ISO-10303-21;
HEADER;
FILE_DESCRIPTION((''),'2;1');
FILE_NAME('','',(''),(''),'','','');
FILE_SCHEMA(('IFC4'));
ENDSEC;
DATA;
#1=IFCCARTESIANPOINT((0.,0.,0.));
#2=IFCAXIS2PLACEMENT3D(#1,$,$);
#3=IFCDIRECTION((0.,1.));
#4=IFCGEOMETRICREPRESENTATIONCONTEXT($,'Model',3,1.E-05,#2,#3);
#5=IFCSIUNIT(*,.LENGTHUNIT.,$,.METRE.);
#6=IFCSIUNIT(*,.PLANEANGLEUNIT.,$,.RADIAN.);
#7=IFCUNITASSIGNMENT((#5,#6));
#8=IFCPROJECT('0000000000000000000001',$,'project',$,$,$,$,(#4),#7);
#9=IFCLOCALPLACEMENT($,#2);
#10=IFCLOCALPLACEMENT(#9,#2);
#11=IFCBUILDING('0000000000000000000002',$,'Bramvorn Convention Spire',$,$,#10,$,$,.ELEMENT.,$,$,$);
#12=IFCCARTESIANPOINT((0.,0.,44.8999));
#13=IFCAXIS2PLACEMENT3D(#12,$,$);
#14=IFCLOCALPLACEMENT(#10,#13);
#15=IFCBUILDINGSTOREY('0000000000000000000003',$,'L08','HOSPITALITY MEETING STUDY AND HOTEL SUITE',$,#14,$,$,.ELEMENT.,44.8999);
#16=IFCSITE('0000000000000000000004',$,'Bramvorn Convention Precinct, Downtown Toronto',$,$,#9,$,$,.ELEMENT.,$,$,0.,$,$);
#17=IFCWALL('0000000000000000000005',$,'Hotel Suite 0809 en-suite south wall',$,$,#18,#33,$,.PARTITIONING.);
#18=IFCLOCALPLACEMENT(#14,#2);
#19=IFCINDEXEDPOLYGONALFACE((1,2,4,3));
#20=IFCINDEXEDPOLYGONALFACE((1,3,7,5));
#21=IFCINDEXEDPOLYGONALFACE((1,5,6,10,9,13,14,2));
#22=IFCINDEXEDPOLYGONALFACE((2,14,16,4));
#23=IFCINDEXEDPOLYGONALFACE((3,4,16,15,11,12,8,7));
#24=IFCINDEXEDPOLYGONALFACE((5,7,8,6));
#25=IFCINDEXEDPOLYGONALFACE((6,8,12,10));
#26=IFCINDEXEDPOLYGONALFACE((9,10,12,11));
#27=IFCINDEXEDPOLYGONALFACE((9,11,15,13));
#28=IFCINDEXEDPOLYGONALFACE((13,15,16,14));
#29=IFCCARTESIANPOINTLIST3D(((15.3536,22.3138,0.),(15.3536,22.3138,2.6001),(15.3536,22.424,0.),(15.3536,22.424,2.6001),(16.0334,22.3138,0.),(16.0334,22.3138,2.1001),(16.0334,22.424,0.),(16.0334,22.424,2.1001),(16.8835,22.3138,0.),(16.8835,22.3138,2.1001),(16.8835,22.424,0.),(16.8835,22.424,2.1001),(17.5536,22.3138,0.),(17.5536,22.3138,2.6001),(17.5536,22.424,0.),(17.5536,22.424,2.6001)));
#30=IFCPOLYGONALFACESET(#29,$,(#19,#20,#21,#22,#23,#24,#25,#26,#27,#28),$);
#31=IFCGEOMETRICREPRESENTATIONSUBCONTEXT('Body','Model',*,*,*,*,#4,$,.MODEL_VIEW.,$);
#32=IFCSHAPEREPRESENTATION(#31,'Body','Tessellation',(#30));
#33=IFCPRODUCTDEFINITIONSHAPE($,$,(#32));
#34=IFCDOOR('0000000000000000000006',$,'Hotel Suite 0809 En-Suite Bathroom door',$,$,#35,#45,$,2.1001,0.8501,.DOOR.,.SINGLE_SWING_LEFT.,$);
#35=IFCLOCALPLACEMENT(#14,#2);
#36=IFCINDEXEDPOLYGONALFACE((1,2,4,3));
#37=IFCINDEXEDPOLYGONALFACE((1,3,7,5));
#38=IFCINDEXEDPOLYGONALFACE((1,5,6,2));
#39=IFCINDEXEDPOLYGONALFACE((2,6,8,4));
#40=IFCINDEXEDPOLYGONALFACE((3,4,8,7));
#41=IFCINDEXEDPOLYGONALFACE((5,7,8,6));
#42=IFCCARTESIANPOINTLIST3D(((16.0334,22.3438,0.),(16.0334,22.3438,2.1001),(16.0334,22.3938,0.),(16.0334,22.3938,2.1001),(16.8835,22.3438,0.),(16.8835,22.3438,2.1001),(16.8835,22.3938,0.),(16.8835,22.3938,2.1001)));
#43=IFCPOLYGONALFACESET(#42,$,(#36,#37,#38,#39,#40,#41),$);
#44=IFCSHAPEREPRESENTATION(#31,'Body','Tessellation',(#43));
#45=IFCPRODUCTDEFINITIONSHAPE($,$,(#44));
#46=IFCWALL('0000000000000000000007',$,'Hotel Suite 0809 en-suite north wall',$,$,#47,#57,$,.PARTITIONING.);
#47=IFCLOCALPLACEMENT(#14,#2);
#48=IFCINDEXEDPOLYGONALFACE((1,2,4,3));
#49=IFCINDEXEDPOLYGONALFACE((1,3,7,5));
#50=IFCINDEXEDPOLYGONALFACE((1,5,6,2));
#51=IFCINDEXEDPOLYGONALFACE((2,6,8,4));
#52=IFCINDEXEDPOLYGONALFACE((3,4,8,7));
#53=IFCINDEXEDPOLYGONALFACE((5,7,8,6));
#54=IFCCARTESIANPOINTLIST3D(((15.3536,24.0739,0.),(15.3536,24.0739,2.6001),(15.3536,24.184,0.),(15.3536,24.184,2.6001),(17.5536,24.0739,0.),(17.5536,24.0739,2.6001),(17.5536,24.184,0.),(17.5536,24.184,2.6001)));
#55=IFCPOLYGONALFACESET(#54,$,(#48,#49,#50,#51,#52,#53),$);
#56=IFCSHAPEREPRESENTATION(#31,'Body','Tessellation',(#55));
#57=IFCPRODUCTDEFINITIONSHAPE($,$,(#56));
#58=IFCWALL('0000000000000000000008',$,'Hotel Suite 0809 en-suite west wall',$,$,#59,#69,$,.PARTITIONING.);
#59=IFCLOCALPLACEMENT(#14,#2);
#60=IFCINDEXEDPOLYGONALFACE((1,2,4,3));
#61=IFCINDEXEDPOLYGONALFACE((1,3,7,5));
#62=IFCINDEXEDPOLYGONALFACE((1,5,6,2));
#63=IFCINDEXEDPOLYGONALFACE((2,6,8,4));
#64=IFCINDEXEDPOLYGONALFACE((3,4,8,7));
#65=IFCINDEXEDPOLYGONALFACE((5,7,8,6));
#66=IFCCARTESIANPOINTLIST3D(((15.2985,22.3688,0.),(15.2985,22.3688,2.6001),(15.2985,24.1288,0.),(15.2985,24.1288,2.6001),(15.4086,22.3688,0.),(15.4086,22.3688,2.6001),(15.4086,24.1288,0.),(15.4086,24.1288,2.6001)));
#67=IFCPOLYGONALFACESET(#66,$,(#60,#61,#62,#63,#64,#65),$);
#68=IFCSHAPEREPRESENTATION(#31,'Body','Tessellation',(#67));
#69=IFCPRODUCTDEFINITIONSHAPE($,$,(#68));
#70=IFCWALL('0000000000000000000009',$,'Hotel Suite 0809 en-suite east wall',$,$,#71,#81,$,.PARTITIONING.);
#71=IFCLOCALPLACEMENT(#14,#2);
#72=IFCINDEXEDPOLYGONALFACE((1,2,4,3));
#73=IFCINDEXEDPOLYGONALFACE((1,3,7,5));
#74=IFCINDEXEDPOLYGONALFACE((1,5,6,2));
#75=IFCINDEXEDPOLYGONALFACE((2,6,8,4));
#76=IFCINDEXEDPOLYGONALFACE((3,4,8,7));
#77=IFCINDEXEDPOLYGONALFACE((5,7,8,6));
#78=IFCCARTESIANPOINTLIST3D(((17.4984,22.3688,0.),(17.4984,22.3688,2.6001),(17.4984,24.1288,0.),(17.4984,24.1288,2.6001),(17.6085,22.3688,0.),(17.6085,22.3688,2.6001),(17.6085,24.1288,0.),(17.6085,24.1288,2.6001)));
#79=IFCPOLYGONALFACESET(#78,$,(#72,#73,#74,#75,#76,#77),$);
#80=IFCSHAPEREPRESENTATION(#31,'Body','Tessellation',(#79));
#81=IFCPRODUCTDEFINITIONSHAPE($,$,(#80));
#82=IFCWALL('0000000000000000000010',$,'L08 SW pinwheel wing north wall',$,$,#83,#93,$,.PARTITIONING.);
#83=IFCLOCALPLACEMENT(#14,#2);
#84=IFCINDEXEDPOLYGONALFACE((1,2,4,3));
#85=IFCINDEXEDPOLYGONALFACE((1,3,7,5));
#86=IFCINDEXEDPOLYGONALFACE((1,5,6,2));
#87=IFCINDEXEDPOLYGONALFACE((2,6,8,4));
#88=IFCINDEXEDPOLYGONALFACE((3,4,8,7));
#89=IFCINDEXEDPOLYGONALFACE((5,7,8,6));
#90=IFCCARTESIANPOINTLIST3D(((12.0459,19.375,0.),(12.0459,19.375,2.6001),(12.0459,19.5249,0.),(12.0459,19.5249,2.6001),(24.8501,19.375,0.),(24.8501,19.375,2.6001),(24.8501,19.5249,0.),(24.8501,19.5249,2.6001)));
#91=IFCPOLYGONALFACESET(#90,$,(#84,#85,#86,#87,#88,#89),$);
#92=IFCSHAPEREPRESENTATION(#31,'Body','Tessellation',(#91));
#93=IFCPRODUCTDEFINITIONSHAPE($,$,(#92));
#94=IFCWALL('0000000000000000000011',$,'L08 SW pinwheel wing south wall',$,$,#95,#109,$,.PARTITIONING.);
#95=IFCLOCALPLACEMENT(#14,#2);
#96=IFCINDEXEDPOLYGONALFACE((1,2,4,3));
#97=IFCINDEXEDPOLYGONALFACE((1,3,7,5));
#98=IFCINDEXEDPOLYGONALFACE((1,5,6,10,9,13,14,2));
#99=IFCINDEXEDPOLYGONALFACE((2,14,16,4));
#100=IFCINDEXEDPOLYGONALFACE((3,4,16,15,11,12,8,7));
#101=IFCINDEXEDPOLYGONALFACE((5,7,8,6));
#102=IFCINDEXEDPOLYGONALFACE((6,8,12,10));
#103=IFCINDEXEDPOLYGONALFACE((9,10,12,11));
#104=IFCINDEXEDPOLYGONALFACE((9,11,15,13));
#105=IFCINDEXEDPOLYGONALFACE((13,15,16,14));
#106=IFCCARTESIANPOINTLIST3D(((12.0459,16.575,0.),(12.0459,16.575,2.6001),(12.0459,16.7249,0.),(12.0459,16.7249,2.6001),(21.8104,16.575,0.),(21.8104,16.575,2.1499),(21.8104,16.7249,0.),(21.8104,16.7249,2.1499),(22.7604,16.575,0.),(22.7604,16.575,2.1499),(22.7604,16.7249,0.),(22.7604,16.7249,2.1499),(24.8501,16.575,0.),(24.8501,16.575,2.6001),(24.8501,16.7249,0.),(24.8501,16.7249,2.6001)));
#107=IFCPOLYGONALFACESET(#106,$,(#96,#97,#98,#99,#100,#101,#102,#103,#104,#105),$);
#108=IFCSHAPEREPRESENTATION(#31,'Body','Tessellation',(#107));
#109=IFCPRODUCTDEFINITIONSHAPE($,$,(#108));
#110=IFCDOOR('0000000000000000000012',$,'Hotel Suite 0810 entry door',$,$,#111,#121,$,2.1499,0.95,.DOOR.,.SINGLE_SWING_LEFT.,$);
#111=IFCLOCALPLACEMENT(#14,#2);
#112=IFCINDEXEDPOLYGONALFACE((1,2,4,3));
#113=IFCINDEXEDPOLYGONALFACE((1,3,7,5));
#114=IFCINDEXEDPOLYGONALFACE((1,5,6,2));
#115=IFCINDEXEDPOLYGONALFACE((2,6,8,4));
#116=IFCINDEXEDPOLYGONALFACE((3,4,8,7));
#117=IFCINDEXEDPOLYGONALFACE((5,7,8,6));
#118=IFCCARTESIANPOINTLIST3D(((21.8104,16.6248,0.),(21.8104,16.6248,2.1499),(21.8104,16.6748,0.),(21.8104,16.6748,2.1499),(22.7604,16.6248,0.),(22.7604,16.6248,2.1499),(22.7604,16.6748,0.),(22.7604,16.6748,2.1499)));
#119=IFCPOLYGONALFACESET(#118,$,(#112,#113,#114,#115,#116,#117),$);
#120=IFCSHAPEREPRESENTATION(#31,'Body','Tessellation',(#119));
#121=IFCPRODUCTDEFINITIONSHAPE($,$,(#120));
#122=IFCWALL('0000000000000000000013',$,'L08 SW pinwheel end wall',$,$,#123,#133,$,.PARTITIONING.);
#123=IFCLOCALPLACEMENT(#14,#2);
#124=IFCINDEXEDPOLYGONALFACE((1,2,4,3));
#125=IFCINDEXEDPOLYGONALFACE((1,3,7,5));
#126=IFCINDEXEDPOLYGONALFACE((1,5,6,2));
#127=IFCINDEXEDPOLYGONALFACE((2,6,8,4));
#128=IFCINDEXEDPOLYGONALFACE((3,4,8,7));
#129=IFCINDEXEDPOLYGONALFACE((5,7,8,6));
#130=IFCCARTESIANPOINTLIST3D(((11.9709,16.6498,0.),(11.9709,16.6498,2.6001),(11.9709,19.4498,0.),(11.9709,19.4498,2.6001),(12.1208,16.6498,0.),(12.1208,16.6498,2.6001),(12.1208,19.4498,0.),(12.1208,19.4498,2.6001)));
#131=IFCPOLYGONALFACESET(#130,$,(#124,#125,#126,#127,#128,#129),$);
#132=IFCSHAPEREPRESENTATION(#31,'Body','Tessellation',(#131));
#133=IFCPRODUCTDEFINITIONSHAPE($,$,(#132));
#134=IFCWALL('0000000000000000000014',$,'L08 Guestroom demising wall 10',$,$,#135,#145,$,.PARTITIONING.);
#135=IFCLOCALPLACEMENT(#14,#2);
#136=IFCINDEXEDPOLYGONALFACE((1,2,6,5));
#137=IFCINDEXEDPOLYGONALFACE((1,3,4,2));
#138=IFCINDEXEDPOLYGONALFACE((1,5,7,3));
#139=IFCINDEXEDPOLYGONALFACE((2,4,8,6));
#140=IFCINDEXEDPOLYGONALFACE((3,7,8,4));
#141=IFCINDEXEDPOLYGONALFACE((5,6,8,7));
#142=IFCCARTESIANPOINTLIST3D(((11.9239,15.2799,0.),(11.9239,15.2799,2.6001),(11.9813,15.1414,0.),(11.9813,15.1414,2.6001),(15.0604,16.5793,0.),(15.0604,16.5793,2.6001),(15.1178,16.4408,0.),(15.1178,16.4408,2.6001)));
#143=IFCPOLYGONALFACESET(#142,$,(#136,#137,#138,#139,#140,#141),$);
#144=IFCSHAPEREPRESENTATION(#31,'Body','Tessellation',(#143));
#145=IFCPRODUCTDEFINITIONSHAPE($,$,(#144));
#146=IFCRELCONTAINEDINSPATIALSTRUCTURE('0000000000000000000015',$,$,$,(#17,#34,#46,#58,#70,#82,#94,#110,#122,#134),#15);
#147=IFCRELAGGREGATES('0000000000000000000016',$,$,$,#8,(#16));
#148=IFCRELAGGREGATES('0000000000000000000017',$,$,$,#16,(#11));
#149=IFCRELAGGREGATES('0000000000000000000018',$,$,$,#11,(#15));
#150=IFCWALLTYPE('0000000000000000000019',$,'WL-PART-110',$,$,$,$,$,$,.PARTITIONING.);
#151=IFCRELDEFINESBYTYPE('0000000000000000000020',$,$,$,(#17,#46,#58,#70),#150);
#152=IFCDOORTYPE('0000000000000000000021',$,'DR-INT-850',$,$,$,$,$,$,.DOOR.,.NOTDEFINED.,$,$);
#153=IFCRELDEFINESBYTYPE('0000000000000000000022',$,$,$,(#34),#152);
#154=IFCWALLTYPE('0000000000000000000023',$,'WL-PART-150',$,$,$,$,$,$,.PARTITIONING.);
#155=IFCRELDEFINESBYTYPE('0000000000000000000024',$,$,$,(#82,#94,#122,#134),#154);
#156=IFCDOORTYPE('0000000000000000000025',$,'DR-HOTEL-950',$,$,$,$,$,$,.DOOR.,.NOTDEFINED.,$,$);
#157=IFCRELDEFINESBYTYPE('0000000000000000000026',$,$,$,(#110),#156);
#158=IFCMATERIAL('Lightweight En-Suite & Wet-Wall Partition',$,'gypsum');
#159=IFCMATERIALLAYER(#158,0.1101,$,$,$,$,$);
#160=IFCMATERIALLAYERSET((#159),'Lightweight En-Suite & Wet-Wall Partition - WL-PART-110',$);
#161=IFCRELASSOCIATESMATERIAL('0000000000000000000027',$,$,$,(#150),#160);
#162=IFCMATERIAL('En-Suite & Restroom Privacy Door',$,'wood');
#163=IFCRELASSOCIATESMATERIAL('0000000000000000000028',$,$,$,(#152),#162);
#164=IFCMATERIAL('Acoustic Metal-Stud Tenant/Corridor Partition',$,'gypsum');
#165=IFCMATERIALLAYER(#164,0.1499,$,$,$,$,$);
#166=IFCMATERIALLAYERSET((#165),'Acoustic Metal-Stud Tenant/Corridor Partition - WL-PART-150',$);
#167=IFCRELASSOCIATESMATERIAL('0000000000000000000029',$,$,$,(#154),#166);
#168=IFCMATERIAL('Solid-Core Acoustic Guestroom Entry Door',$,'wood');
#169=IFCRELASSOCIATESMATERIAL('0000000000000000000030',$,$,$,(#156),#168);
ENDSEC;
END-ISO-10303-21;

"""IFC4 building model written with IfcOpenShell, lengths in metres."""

from ifc_helpers import new_model, si_unit, direction, frame, frame_2d, origin, place, context, subcontext, project, spatial, rectangle, extrude, material, layer, layer_set, type_object, element, fill, save


model = new_model("IFC4")

# Units and contexts
model_context = context("Model", 3, precision=1e-05, world=origin(), true_north=direction((0.0, 1.0)))
body_context = subcontext(model_context, "Body", "Model", "MODEL_VIEW")
ifc_project = project(units=[si_unit("LENGTHUNIT", "METRE"), si_unit("PLANEANGLEUNIT", "RADIAN")], contexts=[model_context])

# Site, building, storey
site_placement = place(None, origin())
site = spatial("IfcSite", under=ifc_project, at=site_placement, Name="Bramvorn Convention Precinct, Downtown Toronto", CompositionType="ELEMENT", RefElevation=0.0)
building_placement = place(site_placement, origin())
building = spatial("IfcBuilding", under=site, at=building_placement, Name="Bramvorn Convention Spire", CompositionType="ELEMENT")
storey_placement = place(building_placement, frame((0.0, 0.0, 44.8999)))
storey = spatial("IfcBuildingStorey", under=building, at=storey_placement, Name="L08", Description="HOSPITALITY MEETING STUDY AND HOTEL SUITE", CompositionType="ELEMENT", Elevation=44.8999)

# Wall, opening, door
ifc_material_1 = material(Name="Lightweight En-Suite & Wet-Wall Partition", Category="gypsum")
ifc_layer_1 = layer(ifc_material_1, 0.1101)
ifc_layer_set_1 = layer_set([ifc_layer_1], Name="Lightweight En-Suite & Wet-Wall Partition - WL-PART-110")
wall_type_1 = type_object("IfcWallType", Name="WL-PART-110", PredefinedType="PARTITIONING", material=ifc_layer_set_1)
wall_1_placement = place(storey_placement, frame((15.3535, 22.3689, 0.0), z_axis=(0.0, 0.0, 1.0), x_axis=(1.0, 0.0, 0.0)))
wall_1 = element("IfcWall", 1, at=wall_1_placement, inside=storey, type_object=wall_type_1, Name="Hotel Suite 0809 en-suite south wall", PredefinedType="PARTITIONING", context=body_context, shape_type="SweptSolid", body=[
    extrude(rectangle(XDim=2.2, YDim=0.1101, at=frame_2d((1.1001, 0.0))), origin(), (0.0, 0.0, 1.0), 2.6001),
])
opening_1_placement = place(wall_1_placement, frame((0.6799, 0.0, 0.0)))
opening_1 = element("IfcOpeningElement", 2, at=opening_1_placement, cuts=wall_1, PredefinedType="OPENING", context=body_context, shape_type="SweptSolid", body=[
    extrude(rectangle(XDim=0.8501, YDim=2.1001, at=frame_2d((0.425, 1.05))), frame((0.0, 0.0649, 0.0), z_axis=(0.0, -1.0, 0.0), x_axis=(1.0, 0.0, 0.0)), (0.0, 0.0, 1.0), 0.1301),
])
ifc_material_2 = material(Name="En-Suite & Restroom Privacy Door", Category="wood")
door_type_1 = type_object("IfcDoorType", Name="DR-INT-850", OperationType="NOTDEFINED", PredefinedType="DOOR", material=ifc_material_2)
door_1_placement = place(opening_1_placement, origin())
door_1 = element("IfcDoor", 3, at=door_1_placement, inside=storey, type_object=door_type_1, Name="Hotel Suite 0809 En-Suite Bathroom door", OperationType="SINGLE_SWING_LEFT", OverallHeight=2.1001, OverallWidth=0.8501, PredefinedType="DOOR", context=body_context, shape_type="SweptSolid", body=[
    extrude(rectangle(XDim=0.8501, YDim=2.1001, at=frame_2d((0.425, 1.05))), frame((0.0, 0.0249, 0.0), z_axis=(0.0, -1.0, 0.0), x_axis=(1.0, 0.0, 0.0)), (0.0, 0.0, 1.0), 0.05),
])
fill(opening_1, door_1)

# Walls
wall_2_placement = place(storey_placement, frame((15.3535, 24.1289, 0.0), z_axis=(0.0, 0.0, 1.0), x_axis=(1.0, 0.0, 0.0)))
element("IfcWall", 4, at=wall_2_placement, inside=storey, type_object=wall_type_1, Name="Hotel Suite 0809 en-suite north wall", PredefinedType="PARTITIONING", context=body_context, shape_type="SweptSolid", body=[
    extrude(rectangle(XDim=2.2, YDim=0.1101, at=frame_2d((1.1001, 0.0))), origin(), (0.0, 0.0, 1.0), 2.6001),
])
for number, where, z_axis, x_axis, name in (
    (5, (15.3535, 22.3689, 0.0), (0.0, 0.0, 1.0), (0.0, 1.0, 0.0), "Hotel Suite 0809 en-suite west wall"),
    (6, (17.5535, 22.3689, 0.0), (0.0, 0.0, 1.0), (0.0, 1.0, 0.0), "Hotel Suite 0809 en-suite east wall"),
):
    element("IfcWall", number, at=place(storey_placement, frame(where, z_axis=z_axis, x_axis=x_axis)), inside=storey, type_object=wall_type_1, Name=name, PredefinedType="PARTITIONING", context=body_context, shape_type="SweptSolid", body=[
        extrude(rectangle(XDim=1.76, YDim=0.1101, at=frame_2d((0.8799, 0.0))), origin(), (0.0, 0.0, 1.0), 2.6001),
    ])
ifc_material_3 = material(Name="Acoustic Metal-Stud Tenant/Corridor Partition", Category="gypsum")
ifc_layer_2 = layer(ifc_material_3, 0.1499)
ifc_layer_set_2 = layer_set([ifc_layer_2], Name="Acoustic Metal-Stud Tenant/Corridor Partition - WL-PART-150")
wall_type_2 = type_object("IfcWallType", Name="WL-PART-150", PredefinedType="PARTITIONING", material=ifc_layer_set_2)
wall_3_placement = place(storey_placement, frame((12.0459, 19.45, 0.0), z_axis=(0.0, 0.0, 1.0), x_axis=(1.0, 0.0, 0.0)))
element("IfcWall", 7, at=wall_3_placement, inside=storey, type_object=wall_type_2, Name="L08 SW pinwheel wing north wall", PredefinedType="PARTITIONING", context=body_context, shape_type="SweptSolid", body=[
    extrude(rectangle(XDim=12.8042, YDim=0.1499, at=frame_2d((6.4021, 0.0))), origin(), (0.0, 0.0, 1.0), 2.6001),
])

# Wall, opening, door
wall_4_placement = place(storey_placement, frame((12.0459, 16.6499, 0.0), z_axis=(0.0, 0.0, 1.0), x_axis=(1.0, 0.0, 0.0)))
wall_4 = element("IfcWall", 8, at=wall_4_placement, inside=storey, type_object=wall_type_2, Name="L08 SW pinwheel wing south wall", PredefinedType="PARTITIONING", context=body_context, shape_type="SweptSolid", body=[
    extrude(rectangle(XDim=12.8042, YDim=0.1499, at=frame_2d((6.4021, 0.0))), origin(), (0.0, 0.0, 1.0), 2.6001),
])
opening_2_placement = place(wall_4_placement, frame((9.7644, 0.0, 0.0)))
opening_2 = element("IfcOpeningElement", 9, at=opening_2_placement, cuts=wall_4, PredefinedType="OPENING", context=body_context, shape_type="SweptSolid", body=[
    extrude(rectangle(XDim=0.95, YDim=2.1499, at=frame_2d((0.4751, 1.075))), frame((0.0, 0.085, 0.0), z_axis=(0.0, -1.0, 0.0), x_axis=(1.0, 0.0, 0.0)), (0.0, 0.0, 1.0), 0.1699),
])
ifc_material_4 = material(Name="Solid-Core Acoustic Guestroom Entry Door", Category="wood")
door_type_2 = type_object("IfcDoorType", Name="DR-HOTEL-950", OperationType="NOTDEFINED", PredefinedType="DOOR", material=ifc_material_4)
door_2_placement = place(opening_2_placement, origin())
door_2 = element("IfcDoor", 10, at=door_2_placement, inside=storey, type_object=door_type_2, Name="Hotel Suite 0810 entry door", OperationType="SINGLE_SWING_LEFT", OverallHeight=2.1499, OverallWidth=0.95, PredefinedType="DOOR", context=body_context, shape_type="SweptSolid", body=[
    extrude(rectangle(XDim=0.95, YDim=2.1499, at=frame_2d((0.4751, 1.075))), frame((0.0, 0.0249, 0.0), z_axis=(0.0, -1.0, 0.0), x_axis=(1.0, 0.0, 0.0)), (0.0, 0.0, 1.0), 0.05),
])
fill(opening_2, door_2)

# Walls
wall_5_placement = place(storey_placement, frame((12.0459, 16.6499, 0.0), z_axis=(0.0, 0.0, 1.0), x_axis=(0.0, 1.0, 0.0)))
element("IfcWall", 11, at=wall_5_placement, inside=storey, type_object=wall_type_2, Name="L08 SW pinwheel end wall", PredefinedType="PARTITIONING", context=body_context, shape_type="SweptSolid", body=[
    extrude(rectangle(XDim=2.8, YDim=0.1499, at=frame_2d((1.3999, 0.0))), origin(), (0.0, 0.0, 1.0), 2.6001),
])
wall_6_placement = place(storey_placement, frame((15.0891, 16.51, 0.0), z_axis=(0.0, 0.0, 1.0), x_axis=(-0.923864, -0.38272, 0.0)))
element("IfcWall", 12, at=wall_6_placement, inside=storey, type_object=wall_type_2, Name="L08 Guestroom demising wall 10", PredefinedType="PARTITIONING", context=body_context, shape_type="SweptSolid", body=[
    extrude(rectangle(XDim=3.395, YDim=0.1499, at=frame_2d((1.6975, 0.0))), origin(), (0.0, 0.0, 1.0), 2.6001),
])

save(model, "model.ifc")
